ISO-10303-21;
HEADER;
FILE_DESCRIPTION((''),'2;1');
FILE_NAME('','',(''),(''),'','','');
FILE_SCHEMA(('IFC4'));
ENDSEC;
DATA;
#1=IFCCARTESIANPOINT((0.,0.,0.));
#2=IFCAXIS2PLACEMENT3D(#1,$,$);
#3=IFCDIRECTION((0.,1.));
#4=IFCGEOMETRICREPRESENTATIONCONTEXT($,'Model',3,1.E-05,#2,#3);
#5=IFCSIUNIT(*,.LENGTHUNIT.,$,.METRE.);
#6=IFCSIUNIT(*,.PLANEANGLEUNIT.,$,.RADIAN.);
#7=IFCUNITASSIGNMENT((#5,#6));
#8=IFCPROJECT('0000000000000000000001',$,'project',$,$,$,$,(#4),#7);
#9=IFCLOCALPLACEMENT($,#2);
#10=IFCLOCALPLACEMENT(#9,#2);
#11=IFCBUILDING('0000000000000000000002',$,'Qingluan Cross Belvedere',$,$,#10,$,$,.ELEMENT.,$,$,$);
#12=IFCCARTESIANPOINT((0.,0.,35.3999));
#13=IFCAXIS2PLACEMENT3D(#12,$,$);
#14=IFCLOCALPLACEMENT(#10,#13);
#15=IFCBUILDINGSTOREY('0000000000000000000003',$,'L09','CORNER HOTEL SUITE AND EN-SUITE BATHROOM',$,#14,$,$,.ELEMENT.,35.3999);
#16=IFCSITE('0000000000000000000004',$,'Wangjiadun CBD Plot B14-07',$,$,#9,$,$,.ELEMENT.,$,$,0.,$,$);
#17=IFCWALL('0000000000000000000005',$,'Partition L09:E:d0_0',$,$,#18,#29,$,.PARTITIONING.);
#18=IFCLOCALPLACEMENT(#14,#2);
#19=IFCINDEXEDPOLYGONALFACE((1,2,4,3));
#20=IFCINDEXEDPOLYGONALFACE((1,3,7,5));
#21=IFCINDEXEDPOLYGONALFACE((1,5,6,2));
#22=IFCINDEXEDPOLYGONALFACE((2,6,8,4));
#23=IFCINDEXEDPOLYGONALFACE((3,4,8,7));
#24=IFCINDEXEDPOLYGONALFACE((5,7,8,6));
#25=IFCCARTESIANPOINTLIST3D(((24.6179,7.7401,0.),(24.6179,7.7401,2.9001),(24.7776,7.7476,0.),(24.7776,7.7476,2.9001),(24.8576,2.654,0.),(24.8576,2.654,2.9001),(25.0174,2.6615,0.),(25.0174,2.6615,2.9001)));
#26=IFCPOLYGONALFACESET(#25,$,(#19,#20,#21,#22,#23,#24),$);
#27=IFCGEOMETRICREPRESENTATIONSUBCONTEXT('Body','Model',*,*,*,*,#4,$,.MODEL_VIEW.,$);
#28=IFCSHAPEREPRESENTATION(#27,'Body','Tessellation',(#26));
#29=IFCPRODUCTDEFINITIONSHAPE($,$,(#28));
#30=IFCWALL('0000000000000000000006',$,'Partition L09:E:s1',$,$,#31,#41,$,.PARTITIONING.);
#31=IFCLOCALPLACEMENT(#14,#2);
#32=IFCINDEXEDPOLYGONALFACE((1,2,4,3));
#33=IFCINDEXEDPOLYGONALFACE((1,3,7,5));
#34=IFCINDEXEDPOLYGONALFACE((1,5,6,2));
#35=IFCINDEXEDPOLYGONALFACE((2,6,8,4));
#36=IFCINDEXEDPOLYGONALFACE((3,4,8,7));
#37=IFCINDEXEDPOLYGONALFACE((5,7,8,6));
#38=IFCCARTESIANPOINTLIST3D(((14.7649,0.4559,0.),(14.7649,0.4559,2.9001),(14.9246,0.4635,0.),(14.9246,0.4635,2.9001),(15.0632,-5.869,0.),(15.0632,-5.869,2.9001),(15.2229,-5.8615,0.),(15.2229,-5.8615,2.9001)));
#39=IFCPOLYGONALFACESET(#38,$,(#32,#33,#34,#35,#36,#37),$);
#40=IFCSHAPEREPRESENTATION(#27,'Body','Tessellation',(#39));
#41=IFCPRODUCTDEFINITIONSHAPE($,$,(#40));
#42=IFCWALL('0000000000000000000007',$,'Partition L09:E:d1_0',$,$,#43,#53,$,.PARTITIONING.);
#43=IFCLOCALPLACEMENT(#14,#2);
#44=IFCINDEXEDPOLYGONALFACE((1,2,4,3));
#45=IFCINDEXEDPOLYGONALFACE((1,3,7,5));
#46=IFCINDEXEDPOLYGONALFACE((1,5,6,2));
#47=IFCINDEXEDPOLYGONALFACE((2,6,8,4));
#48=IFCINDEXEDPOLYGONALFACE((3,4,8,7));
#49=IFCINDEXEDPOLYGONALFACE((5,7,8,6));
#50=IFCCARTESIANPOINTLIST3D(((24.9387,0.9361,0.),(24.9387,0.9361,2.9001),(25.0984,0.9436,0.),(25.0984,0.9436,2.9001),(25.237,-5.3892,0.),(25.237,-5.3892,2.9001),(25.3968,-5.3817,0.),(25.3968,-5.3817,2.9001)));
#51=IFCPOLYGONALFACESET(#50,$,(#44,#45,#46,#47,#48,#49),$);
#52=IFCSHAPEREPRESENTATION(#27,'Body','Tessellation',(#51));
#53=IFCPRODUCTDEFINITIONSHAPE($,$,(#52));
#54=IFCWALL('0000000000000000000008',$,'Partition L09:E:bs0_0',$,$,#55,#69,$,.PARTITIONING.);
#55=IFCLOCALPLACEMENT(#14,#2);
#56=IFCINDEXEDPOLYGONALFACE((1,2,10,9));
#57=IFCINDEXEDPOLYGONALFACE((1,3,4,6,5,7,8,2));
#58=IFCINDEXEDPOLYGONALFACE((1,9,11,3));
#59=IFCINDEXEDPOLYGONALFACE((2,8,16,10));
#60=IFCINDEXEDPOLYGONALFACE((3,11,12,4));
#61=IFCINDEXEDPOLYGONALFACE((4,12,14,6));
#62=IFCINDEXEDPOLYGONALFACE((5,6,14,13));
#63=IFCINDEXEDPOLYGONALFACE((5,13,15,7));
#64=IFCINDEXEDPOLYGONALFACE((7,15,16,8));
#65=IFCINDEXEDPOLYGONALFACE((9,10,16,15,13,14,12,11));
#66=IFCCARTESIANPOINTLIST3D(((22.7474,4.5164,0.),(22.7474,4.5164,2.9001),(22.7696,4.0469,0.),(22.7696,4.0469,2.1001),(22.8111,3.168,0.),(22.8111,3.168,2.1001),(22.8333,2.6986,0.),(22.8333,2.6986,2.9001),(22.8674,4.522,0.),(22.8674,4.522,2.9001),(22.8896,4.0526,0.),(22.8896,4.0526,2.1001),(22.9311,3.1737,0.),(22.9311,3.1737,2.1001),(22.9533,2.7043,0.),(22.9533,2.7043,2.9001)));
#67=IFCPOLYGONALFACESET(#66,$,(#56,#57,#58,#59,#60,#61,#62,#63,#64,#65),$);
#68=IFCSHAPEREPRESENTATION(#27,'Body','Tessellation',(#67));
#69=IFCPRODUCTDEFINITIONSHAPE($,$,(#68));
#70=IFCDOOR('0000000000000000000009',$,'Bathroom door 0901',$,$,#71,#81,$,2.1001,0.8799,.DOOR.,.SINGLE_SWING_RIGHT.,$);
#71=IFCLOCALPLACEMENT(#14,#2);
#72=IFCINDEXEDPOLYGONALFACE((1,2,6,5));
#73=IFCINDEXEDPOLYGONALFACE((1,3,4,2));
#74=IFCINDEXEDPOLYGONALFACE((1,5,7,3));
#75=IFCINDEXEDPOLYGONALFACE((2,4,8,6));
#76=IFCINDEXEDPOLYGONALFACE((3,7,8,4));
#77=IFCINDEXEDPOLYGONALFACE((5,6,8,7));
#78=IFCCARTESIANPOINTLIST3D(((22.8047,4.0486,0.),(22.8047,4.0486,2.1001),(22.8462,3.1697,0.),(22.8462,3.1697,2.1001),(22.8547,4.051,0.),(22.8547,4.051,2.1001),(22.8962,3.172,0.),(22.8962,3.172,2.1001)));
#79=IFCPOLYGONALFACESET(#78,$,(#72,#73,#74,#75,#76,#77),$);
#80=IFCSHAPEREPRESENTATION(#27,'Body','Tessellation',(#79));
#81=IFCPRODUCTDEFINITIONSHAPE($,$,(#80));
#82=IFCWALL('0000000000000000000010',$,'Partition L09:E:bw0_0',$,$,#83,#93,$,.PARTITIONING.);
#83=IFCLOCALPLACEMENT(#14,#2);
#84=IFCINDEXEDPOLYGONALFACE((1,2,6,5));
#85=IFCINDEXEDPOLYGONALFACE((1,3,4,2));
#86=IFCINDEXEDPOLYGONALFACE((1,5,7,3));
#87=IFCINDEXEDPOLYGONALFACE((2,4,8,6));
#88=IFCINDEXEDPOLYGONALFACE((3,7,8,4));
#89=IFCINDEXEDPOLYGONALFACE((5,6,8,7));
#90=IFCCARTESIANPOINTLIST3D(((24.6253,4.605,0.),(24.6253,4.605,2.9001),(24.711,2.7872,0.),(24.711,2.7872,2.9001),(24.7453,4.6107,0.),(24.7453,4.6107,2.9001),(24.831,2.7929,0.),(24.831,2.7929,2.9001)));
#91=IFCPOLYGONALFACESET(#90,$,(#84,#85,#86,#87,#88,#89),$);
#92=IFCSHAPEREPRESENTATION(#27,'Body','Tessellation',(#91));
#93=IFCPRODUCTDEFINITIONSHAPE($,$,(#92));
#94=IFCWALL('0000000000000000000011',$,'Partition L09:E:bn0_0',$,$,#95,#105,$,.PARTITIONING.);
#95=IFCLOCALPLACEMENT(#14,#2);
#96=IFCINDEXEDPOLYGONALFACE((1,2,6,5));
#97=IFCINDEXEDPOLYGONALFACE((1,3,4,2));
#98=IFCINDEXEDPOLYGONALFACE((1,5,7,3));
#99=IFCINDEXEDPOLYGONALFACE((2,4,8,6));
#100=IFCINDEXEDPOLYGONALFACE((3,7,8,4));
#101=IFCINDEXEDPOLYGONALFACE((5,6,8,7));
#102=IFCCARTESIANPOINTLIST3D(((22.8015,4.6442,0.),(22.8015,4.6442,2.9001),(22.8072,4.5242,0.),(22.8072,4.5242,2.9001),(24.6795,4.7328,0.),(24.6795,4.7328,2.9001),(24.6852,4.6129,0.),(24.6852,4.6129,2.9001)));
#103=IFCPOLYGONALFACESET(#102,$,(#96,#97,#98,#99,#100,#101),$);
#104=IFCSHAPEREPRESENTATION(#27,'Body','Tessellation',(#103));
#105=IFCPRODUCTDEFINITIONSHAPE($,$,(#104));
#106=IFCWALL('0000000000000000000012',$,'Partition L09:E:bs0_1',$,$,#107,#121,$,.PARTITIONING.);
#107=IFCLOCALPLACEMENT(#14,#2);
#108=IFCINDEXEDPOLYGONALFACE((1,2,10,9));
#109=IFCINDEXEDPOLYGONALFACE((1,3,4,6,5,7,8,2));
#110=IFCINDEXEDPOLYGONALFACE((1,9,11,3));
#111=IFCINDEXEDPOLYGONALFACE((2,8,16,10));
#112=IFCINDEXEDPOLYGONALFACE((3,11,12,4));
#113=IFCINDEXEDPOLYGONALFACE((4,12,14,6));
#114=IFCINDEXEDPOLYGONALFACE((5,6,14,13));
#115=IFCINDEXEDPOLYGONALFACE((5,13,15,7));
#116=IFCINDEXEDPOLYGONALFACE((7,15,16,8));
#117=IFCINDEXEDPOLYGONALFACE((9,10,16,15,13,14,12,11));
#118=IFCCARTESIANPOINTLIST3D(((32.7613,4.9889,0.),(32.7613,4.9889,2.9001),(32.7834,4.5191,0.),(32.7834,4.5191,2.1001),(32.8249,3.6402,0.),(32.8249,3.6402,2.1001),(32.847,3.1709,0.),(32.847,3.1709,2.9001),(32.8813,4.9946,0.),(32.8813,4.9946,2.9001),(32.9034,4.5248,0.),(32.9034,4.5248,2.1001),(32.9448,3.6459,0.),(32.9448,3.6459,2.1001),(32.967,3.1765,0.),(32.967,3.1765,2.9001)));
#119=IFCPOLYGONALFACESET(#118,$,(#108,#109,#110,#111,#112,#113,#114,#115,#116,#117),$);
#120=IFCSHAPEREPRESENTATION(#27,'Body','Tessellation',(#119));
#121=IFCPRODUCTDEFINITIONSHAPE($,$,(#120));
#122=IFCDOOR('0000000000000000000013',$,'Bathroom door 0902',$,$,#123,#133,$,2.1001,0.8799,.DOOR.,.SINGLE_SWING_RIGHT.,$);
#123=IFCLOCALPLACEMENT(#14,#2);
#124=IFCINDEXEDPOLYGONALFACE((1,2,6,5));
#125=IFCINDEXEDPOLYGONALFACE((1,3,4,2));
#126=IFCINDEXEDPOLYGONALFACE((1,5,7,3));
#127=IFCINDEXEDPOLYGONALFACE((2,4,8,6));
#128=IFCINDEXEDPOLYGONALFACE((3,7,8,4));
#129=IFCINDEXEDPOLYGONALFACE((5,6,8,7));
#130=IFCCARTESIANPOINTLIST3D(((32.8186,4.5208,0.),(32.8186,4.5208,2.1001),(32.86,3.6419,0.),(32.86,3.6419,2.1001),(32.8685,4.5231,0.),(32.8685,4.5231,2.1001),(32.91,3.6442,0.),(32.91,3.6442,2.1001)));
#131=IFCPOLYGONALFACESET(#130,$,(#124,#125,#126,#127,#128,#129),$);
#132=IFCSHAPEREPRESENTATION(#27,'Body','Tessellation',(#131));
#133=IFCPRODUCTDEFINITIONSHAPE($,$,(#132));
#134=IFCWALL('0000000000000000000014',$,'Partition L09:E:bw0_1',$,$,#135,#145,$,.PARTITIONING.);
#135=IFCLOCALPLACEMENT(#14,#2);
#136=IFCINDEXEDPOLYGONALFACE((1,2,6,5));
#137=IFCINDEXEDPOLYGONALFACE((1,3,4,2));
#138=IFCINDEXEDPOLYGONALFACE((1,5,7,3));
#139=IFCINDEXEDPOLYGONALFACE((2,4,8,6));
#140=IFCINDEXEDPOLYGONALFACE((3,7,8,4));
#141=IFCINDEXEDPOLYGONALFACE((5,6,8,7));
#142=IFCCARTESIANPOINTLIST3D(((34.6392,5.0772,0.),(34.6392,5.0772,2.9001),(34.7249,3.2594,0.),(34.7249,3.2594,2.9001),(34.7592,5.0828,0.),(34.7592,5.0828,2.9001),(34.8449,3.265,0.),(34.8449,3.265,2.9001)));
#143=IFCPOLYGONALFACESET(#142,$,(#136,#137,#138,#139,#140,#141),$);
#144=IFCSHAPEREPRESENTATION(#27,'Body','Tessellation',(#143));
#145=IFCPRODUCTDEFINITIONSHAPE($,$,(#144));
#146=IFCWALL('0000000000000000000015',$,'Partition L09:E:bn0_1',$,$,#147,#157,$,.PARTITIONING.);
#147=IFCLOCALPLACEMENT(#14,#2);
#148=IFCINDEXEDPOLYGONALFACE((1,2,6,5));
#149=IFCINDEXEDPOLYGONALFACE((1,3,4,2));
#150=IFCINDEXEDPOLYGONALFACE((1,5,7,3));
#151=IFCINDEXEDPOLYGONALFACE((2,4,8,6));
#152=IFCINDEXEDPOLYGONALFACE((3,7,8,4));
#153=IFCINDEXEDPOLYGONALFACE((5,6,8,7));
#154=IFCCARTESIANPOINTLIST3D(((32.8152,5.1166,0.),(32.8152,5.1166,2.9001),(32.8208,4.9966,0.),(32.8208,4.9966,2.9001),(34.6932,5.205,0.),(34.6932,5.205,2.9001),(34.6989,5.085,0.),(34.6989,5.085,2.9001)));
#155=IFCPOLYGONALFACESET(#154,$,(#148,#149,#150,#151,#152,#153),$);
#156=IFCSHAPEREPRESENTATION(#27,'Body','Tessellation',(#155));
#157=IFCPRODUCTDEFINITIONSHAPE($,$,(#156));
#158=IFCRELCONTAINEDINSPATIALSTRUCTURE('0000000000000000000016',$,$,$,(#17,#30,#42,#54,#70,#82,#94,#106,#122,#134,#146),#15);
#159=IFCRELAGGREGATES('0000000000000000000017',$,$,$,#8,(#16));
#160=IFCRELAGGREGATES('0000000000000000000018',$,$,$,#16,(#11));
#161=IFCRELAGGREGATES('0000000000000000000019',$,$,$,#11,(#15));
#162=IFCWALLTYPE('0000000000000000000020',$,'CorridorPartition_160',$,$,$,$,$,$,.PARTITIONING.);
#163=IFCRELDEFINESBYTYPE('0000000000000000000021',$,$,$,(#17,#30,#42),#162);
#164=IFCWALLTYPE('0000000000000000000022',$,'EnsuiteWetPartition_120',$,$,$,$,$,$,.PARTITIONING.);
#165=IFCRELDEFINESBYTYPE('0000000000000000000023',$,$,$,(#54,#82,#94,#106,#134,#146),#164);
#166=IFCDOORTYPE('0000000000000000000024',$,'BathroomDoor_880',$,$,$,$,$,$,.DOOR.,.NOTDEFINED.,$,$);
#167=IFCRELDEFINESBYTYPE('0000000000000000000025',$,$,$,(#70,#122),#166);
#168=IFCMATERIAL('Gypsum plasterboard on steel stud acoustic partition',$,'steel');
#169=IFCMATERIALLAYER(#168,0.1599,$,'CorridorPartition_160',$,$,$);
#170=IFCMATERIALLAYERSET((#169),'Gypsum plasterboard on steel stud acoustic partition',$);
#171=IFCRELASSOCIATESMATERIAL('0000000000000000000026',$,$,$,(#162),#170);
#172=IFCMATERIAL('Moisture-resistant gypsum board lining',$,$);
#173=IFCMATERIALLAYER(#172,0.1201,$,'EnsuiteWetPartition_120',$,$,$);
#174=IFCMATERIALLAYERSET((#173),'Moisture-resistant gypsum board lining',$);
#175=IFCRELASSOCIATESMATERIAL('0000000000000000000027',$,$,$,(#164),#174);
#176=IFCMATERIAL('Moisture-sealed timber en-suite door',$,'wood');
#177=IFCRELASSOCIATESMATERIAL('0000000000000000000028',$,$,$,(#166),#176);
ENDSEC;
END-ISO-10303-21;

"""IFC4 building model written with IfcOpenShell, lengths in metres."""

from ifc_helpers import new_model, si_unit, direction, frame, frame_2d, origin, place, context, subcontext, project, spatial, rectangle, extrude, material, layer, layer_set, type_object, element, fill, save


model = new_model("IFC4")

# Units and contexts
model_context = context("Model", 3, precision=1e-05, world=origin(), true_north=direction((0.0, 1.0)))
body_context = subcontext(model_context, "Body", "Model", "MODEL_VIEW")
ifc_project = project(units=[si_unit("LENGTHUNIT", "METRE"), si_unit("PLANEANGLEUNIT", "RADIAN")], contexts=[model_context])

# Site, building, storey
site_placement = place(None, origin())
site = spatial("IfcSite", under=ifc_project, at=site_placement, Name="Wangjiadun CBD Plot B14-07", CompositionType="ELEMENT", RefElevation=0.0)
building_placement = place(site_placement, origin())
building = spatial("IfcBuilding", under=site, at=building_placement, Name="Qingluan Cross Belvedere", CompositionType="ELEMENT")
storey_placement = place(building_placement, frame((0.0, 0.0, 35.3999)))
storey = spatial("IfcBuildingStorey", under=building, at=storey_placement, Name="L09", Description="CORNER HOTEL SUITE AND EN-SUITE BATHROOM", CompositionType="ELEMENT", Elevation=35.3999)

# Walls
ifc_material_1 = material(Name="Gypsum plasterboard on steel stud acoustic partition", Category="steel")
ifc_layer_1 = layer(ifc_material_1, 0.1599, Name="CorridorPartition_160")
ifc_layer_set_1 = layer_set([ifc_layer_1], Name="Gypsum plasterboard on steel stud acoustic partition")
wall_type_1 = type_object("IfcWallType", Name="CorridorPartition_160", PredefinedType="PARTITIONING", material=ifc_layer_set_1)
wall_1_placement = place(storey_placement, frame((24.9375, 2.6577, 0.0), z_axis=(0.0, 0.0, 1.0), x_axis=(-0.047084, 0.998891, 0.0)))
element("IfcWall", 1, at=wall_1_placement, inside=storey, type_object=wall_type_1, Name="Partition L09:E:d0_0", PredefinedType="PARTITIONING", context=body_context, shape_type="SweptSolid", body=[
    extrude(rectangle(XDim=5.0918, YDim=0.1599, at=frame_2d((2.5459, 0.0))), origin(), (0.0, 0.0, 1.0), 2.9001),
])
wall_2_placement = place(storey_placement, frame((14.8447, 0.4597, 0.0), z_axis=(0.0, 0.0, 1.0), x_axis=(0.047116, -0.998889, 0.0)))
element("IfcWall", 2, at=wall_2_placement, inside=storey, type_object=wall_type_1, Name="Partition L09:E:s1", PredefinedType="PARTITIONING", context=body_context, shape_type="SweptSolid", body=[
    extrude(rectangle(XDim=6.332, YDim=0.1599, at=frame_2d((3.166, 0.0))), origin(), (0.0, 0.0, 1.0), 2.9001),
])
wall_3_placement = place(storey_placement, frame((25.0186, 0.9397, 0.0), z_axis=(0.0, 0.0, 1.0), x_axis=(0.047115, -0.998889, 0.0)))
element("IfcWall", 3, at=wall_3_placement, inside=storey, type_object=wall_type_1, Name="Partition L09:E:d1_0", PredefinedType="PARTITIONING", context=body_context, shape_type="SweptSolid", body=[
    extrude(rectangle(XDim=6.3323, YDim=0.1599, at=frame_2d((3.166, 0.0))), origin(), (0.0, 0.0, 1.0), 2.9001),
])

# Wall, opening, door
ifc_material_2 = material(Name="Moisture-resistant gypsum board lining")
ifc_layer_2 = layer(ifc_material_2, 0.1201, Name="EnsuiteWetPartition_120")
ifc_layer_set_2 = layer_set([ifc_layer_2], Name="Moisture-resistant gypsum board lining")
wall_type_2 = type_object("IfcWallType", Name="EnsuiteWetPartition_120", PredefinedType="PARTITIONING", material=ifc_layer_set_2)
wall_4_placement = place(storey_placement, frame((22.8933, 2.7014, 0.0), z_axis=(0.0, 0.0, 1.0), x_axis=(-0.047221, 0.998884, 0.0)))
wall_4 = element("IfcWall", 4, at=wall_4_placement, inside=storey, type_object=wall_type_2, Name="Partition L09:E:bs0_0", PredefinedType="PARTITIONING", context=body_context, shape_type="SweptSolid", body=[
    extrude(rectangle(XDim=1.8198, YDim=0.1201, at=frame_2d((0.9099, 0.0))), origin(), (0.0, 0.0, 1.0), 2.9001),
])
opening_1_placement = place(wall_4_placement, frame((0.47, 0.0, 0.0)))
opening_1 = element("IfcOpeningElement", 5, at=opening_1_placement, cuts=wall_4, PredefinedType="OPENING", context=body_context, shape_type="SweptSolid", body=[
    extrude(rectangle(XDim=0.8799, YDim=2.1001, at=frame_2d((0.4399, 1.05))), frame((0.0, 0.0701, 0.0), z_axis=(0.0, -1.0, 0.0), x_axis=(1.0, 0.0, 0.0)), (0.0, 0.0, 1.0), 0.1401),
])
ifc_material_3 = material(Name="Moisture-sealed timber en-suite door", Category="wood")
door_type = type_object("IfcDoorType", Name="BathroomDoor_880", OperationType="NOTDEFINED", PredefinedType="DOOR", material=ifc_material_3)
door_1_placement = place(opening_1_placement, origin())
door_1 = element("IfcDoor", 6, at=door_1_placement, inside=storey, type_object=door_type, Name="Bathroom door 0901", OperationType="SINGLE_SWING_RIGHT", OverallHeight=2.1001, OverallWidth=0.8799, PredefinedType="DOOR", context=body_context, shape_type="SweptSolid", body=[
    extrude(rectangle(XDim=0.8799, YDim=2.1001, at=frame_2d((0.4399, 1.05))), frame((0.0, 0.0249, 0.0), z_axis=(0.0, -1.0, 0.0), x_axis=(1.0, 0.0, 0.0)), (0.0, 0.0, 1.0), 0.05),
])
fill(opening_1, door_1)

# Walls
wall_5_placement = place(storey_placement, frame((24.771, 2.79, 0.0), z_axis=(0.0, 0.0, 1.0), x_axis=(-0.047087, 0.998891, 0.0)))
element("IfcWall", 7, at=wall_5_placement, inside=storey, type_object=wall_type_2, Name="Partition L09:E:bw0_0", PredefinedType="PARTITIONING", context=body_context, shape_type="SweptSolid", body=[
    extrude(rectangle(XDim=1.8198, YDim=0.1201, at=frame_2d((0.9099, 0.0))), origin(), (0.0, 0.0, 1.0), 2.9001),
])
wall_6_placement = place(storey_placement, frame((22.8044, 4.5842, 0.0), z_axis=(0.0, 0.0, 1.0), x_axis=(0.998888, 0.047139, 0.0)))
element("IfcWall", 8, at=wall_6_placement, inside=storey, type_object=wall_type_2, Name="Partition L09:E:bn0_0", PredefinedType="PARTITIONING", context=body_context, shape_type="SweptSolid", body=[
    extrude(rectangle(XDim=1.8801, YDim=0.1201, at=frame_2d((0.9399, 0.0))), origin(), (0.0, 0.0, 1.0), 2.9001),
])

# Wall, opening, door
wall_7_placement = place(storey_placement, frame((32.907, 3.1736, 0.0), z_axis=(0.0, 0.0, 1.0), x_axis=(-0.047081, 0.998891, 0.0)))
wall_7 = element("IfcWall", 9, at=wall_7_placement, inside=storey, type_object=wall_type_2, Name="Partition L09:E:bs0_1", PredefinedType="PARTITIONING", context=body_context, shape_type="SweptSolid", body=[
    extrude(rectangle(XDim=1.8201, YDim=0.1201, at=frame_2d((0.9102, 0.0))), origin(), (0.0, 0.0, 1.0), 2.9001),
])
opening_2_placement = place(wall_7_placement, frame((0.47, 0.0, 0.0)))
opening_2 = element("IfcOpeningElement", 10, at=opening_2_placement, cuts=wall_7, PredefinedType="OPENING", context=body_context, shape_type="SweptSolid", body=[
    extrude(rectangle(XDim=0.8799, YDim=2.1001, at=frame_2d((0.4399, 1.05))), frame((0.0, 0.0701, 0.0), z_axis=(0.0, -1.0, 0.0), x_axis=(1.0, 0.0, 0.0)), (0.0, 0.0, 1.0), 0.1401),
])
door_2_placement = place(opening_2_placement, origin())
door_2 = element("IfcDoor", 11, at=door_2_placement, inside=storey, type_object=door_type, Name="Bathroom door 0902", OperationType="SINGLE_SWING_RIGHT", OverallHeight=2.1001, OverallWidth=0.8799, PredefinedType="DOOR", context=body_context, shape_type="SweptSolid", body=[
    extrude(rectangle(XDim=0.8799, YDim=2.1001, at=frame_2d((0.4399, 1.05))), frame((0.0, 0.0249, 0.0), z_axis=(0.0, -1.0, 0.0), x_axis=(1.0, 0.0, 0.0)), (0.0, 0.0, 1.0), 0.05),
])
fill(opening_2, door_2)

# Walls
wall_8_placement = place(storey_placement, frame((34.7849, 3.2622, 0.0), z_axis=(0.0, 0.0, 1.0), x_axis=(-0.047087, 0.998891, 0.0)))
element("IfcWall", 12, at=wall_8_placement, inside=storey, type_object=wall_type_2, Name="Partition L09:E:bw0_1", PredefinedType="PARTITIONING", context=body_context, shape_type="SweptSolid", body=[
    extrude(rectangle(XDim=1.8198, YDim=0.1201, at=frame_2d((0.9099, 0.0))), origin(), (0.0, 0.0, 1.0), 2.9001),
])
wall_9_placement = place(storey_placement, frame((32.8181, 5.0566, 0.0), z_axis=(0.0, 0.0, 1.0), x_axis=(0.998894, 0.04701, 0.0)))
element("IfcWall", 13, at=wall_9_placement, inside=storey, type_object=wall_type_2, Name="Partition L09:E:bn0_1", PredefinedType="PARTITIONING", context=body_context, shape_type="SweptSolid", body=[
    extrude(rectangle(XDim=1.8801, YDim=0.1201, at=frame_2d((0.9399, 0.0))), origin(), (0.0, 0.0, 1.0), 2.9001),
])

save(model, "model.ifc")
